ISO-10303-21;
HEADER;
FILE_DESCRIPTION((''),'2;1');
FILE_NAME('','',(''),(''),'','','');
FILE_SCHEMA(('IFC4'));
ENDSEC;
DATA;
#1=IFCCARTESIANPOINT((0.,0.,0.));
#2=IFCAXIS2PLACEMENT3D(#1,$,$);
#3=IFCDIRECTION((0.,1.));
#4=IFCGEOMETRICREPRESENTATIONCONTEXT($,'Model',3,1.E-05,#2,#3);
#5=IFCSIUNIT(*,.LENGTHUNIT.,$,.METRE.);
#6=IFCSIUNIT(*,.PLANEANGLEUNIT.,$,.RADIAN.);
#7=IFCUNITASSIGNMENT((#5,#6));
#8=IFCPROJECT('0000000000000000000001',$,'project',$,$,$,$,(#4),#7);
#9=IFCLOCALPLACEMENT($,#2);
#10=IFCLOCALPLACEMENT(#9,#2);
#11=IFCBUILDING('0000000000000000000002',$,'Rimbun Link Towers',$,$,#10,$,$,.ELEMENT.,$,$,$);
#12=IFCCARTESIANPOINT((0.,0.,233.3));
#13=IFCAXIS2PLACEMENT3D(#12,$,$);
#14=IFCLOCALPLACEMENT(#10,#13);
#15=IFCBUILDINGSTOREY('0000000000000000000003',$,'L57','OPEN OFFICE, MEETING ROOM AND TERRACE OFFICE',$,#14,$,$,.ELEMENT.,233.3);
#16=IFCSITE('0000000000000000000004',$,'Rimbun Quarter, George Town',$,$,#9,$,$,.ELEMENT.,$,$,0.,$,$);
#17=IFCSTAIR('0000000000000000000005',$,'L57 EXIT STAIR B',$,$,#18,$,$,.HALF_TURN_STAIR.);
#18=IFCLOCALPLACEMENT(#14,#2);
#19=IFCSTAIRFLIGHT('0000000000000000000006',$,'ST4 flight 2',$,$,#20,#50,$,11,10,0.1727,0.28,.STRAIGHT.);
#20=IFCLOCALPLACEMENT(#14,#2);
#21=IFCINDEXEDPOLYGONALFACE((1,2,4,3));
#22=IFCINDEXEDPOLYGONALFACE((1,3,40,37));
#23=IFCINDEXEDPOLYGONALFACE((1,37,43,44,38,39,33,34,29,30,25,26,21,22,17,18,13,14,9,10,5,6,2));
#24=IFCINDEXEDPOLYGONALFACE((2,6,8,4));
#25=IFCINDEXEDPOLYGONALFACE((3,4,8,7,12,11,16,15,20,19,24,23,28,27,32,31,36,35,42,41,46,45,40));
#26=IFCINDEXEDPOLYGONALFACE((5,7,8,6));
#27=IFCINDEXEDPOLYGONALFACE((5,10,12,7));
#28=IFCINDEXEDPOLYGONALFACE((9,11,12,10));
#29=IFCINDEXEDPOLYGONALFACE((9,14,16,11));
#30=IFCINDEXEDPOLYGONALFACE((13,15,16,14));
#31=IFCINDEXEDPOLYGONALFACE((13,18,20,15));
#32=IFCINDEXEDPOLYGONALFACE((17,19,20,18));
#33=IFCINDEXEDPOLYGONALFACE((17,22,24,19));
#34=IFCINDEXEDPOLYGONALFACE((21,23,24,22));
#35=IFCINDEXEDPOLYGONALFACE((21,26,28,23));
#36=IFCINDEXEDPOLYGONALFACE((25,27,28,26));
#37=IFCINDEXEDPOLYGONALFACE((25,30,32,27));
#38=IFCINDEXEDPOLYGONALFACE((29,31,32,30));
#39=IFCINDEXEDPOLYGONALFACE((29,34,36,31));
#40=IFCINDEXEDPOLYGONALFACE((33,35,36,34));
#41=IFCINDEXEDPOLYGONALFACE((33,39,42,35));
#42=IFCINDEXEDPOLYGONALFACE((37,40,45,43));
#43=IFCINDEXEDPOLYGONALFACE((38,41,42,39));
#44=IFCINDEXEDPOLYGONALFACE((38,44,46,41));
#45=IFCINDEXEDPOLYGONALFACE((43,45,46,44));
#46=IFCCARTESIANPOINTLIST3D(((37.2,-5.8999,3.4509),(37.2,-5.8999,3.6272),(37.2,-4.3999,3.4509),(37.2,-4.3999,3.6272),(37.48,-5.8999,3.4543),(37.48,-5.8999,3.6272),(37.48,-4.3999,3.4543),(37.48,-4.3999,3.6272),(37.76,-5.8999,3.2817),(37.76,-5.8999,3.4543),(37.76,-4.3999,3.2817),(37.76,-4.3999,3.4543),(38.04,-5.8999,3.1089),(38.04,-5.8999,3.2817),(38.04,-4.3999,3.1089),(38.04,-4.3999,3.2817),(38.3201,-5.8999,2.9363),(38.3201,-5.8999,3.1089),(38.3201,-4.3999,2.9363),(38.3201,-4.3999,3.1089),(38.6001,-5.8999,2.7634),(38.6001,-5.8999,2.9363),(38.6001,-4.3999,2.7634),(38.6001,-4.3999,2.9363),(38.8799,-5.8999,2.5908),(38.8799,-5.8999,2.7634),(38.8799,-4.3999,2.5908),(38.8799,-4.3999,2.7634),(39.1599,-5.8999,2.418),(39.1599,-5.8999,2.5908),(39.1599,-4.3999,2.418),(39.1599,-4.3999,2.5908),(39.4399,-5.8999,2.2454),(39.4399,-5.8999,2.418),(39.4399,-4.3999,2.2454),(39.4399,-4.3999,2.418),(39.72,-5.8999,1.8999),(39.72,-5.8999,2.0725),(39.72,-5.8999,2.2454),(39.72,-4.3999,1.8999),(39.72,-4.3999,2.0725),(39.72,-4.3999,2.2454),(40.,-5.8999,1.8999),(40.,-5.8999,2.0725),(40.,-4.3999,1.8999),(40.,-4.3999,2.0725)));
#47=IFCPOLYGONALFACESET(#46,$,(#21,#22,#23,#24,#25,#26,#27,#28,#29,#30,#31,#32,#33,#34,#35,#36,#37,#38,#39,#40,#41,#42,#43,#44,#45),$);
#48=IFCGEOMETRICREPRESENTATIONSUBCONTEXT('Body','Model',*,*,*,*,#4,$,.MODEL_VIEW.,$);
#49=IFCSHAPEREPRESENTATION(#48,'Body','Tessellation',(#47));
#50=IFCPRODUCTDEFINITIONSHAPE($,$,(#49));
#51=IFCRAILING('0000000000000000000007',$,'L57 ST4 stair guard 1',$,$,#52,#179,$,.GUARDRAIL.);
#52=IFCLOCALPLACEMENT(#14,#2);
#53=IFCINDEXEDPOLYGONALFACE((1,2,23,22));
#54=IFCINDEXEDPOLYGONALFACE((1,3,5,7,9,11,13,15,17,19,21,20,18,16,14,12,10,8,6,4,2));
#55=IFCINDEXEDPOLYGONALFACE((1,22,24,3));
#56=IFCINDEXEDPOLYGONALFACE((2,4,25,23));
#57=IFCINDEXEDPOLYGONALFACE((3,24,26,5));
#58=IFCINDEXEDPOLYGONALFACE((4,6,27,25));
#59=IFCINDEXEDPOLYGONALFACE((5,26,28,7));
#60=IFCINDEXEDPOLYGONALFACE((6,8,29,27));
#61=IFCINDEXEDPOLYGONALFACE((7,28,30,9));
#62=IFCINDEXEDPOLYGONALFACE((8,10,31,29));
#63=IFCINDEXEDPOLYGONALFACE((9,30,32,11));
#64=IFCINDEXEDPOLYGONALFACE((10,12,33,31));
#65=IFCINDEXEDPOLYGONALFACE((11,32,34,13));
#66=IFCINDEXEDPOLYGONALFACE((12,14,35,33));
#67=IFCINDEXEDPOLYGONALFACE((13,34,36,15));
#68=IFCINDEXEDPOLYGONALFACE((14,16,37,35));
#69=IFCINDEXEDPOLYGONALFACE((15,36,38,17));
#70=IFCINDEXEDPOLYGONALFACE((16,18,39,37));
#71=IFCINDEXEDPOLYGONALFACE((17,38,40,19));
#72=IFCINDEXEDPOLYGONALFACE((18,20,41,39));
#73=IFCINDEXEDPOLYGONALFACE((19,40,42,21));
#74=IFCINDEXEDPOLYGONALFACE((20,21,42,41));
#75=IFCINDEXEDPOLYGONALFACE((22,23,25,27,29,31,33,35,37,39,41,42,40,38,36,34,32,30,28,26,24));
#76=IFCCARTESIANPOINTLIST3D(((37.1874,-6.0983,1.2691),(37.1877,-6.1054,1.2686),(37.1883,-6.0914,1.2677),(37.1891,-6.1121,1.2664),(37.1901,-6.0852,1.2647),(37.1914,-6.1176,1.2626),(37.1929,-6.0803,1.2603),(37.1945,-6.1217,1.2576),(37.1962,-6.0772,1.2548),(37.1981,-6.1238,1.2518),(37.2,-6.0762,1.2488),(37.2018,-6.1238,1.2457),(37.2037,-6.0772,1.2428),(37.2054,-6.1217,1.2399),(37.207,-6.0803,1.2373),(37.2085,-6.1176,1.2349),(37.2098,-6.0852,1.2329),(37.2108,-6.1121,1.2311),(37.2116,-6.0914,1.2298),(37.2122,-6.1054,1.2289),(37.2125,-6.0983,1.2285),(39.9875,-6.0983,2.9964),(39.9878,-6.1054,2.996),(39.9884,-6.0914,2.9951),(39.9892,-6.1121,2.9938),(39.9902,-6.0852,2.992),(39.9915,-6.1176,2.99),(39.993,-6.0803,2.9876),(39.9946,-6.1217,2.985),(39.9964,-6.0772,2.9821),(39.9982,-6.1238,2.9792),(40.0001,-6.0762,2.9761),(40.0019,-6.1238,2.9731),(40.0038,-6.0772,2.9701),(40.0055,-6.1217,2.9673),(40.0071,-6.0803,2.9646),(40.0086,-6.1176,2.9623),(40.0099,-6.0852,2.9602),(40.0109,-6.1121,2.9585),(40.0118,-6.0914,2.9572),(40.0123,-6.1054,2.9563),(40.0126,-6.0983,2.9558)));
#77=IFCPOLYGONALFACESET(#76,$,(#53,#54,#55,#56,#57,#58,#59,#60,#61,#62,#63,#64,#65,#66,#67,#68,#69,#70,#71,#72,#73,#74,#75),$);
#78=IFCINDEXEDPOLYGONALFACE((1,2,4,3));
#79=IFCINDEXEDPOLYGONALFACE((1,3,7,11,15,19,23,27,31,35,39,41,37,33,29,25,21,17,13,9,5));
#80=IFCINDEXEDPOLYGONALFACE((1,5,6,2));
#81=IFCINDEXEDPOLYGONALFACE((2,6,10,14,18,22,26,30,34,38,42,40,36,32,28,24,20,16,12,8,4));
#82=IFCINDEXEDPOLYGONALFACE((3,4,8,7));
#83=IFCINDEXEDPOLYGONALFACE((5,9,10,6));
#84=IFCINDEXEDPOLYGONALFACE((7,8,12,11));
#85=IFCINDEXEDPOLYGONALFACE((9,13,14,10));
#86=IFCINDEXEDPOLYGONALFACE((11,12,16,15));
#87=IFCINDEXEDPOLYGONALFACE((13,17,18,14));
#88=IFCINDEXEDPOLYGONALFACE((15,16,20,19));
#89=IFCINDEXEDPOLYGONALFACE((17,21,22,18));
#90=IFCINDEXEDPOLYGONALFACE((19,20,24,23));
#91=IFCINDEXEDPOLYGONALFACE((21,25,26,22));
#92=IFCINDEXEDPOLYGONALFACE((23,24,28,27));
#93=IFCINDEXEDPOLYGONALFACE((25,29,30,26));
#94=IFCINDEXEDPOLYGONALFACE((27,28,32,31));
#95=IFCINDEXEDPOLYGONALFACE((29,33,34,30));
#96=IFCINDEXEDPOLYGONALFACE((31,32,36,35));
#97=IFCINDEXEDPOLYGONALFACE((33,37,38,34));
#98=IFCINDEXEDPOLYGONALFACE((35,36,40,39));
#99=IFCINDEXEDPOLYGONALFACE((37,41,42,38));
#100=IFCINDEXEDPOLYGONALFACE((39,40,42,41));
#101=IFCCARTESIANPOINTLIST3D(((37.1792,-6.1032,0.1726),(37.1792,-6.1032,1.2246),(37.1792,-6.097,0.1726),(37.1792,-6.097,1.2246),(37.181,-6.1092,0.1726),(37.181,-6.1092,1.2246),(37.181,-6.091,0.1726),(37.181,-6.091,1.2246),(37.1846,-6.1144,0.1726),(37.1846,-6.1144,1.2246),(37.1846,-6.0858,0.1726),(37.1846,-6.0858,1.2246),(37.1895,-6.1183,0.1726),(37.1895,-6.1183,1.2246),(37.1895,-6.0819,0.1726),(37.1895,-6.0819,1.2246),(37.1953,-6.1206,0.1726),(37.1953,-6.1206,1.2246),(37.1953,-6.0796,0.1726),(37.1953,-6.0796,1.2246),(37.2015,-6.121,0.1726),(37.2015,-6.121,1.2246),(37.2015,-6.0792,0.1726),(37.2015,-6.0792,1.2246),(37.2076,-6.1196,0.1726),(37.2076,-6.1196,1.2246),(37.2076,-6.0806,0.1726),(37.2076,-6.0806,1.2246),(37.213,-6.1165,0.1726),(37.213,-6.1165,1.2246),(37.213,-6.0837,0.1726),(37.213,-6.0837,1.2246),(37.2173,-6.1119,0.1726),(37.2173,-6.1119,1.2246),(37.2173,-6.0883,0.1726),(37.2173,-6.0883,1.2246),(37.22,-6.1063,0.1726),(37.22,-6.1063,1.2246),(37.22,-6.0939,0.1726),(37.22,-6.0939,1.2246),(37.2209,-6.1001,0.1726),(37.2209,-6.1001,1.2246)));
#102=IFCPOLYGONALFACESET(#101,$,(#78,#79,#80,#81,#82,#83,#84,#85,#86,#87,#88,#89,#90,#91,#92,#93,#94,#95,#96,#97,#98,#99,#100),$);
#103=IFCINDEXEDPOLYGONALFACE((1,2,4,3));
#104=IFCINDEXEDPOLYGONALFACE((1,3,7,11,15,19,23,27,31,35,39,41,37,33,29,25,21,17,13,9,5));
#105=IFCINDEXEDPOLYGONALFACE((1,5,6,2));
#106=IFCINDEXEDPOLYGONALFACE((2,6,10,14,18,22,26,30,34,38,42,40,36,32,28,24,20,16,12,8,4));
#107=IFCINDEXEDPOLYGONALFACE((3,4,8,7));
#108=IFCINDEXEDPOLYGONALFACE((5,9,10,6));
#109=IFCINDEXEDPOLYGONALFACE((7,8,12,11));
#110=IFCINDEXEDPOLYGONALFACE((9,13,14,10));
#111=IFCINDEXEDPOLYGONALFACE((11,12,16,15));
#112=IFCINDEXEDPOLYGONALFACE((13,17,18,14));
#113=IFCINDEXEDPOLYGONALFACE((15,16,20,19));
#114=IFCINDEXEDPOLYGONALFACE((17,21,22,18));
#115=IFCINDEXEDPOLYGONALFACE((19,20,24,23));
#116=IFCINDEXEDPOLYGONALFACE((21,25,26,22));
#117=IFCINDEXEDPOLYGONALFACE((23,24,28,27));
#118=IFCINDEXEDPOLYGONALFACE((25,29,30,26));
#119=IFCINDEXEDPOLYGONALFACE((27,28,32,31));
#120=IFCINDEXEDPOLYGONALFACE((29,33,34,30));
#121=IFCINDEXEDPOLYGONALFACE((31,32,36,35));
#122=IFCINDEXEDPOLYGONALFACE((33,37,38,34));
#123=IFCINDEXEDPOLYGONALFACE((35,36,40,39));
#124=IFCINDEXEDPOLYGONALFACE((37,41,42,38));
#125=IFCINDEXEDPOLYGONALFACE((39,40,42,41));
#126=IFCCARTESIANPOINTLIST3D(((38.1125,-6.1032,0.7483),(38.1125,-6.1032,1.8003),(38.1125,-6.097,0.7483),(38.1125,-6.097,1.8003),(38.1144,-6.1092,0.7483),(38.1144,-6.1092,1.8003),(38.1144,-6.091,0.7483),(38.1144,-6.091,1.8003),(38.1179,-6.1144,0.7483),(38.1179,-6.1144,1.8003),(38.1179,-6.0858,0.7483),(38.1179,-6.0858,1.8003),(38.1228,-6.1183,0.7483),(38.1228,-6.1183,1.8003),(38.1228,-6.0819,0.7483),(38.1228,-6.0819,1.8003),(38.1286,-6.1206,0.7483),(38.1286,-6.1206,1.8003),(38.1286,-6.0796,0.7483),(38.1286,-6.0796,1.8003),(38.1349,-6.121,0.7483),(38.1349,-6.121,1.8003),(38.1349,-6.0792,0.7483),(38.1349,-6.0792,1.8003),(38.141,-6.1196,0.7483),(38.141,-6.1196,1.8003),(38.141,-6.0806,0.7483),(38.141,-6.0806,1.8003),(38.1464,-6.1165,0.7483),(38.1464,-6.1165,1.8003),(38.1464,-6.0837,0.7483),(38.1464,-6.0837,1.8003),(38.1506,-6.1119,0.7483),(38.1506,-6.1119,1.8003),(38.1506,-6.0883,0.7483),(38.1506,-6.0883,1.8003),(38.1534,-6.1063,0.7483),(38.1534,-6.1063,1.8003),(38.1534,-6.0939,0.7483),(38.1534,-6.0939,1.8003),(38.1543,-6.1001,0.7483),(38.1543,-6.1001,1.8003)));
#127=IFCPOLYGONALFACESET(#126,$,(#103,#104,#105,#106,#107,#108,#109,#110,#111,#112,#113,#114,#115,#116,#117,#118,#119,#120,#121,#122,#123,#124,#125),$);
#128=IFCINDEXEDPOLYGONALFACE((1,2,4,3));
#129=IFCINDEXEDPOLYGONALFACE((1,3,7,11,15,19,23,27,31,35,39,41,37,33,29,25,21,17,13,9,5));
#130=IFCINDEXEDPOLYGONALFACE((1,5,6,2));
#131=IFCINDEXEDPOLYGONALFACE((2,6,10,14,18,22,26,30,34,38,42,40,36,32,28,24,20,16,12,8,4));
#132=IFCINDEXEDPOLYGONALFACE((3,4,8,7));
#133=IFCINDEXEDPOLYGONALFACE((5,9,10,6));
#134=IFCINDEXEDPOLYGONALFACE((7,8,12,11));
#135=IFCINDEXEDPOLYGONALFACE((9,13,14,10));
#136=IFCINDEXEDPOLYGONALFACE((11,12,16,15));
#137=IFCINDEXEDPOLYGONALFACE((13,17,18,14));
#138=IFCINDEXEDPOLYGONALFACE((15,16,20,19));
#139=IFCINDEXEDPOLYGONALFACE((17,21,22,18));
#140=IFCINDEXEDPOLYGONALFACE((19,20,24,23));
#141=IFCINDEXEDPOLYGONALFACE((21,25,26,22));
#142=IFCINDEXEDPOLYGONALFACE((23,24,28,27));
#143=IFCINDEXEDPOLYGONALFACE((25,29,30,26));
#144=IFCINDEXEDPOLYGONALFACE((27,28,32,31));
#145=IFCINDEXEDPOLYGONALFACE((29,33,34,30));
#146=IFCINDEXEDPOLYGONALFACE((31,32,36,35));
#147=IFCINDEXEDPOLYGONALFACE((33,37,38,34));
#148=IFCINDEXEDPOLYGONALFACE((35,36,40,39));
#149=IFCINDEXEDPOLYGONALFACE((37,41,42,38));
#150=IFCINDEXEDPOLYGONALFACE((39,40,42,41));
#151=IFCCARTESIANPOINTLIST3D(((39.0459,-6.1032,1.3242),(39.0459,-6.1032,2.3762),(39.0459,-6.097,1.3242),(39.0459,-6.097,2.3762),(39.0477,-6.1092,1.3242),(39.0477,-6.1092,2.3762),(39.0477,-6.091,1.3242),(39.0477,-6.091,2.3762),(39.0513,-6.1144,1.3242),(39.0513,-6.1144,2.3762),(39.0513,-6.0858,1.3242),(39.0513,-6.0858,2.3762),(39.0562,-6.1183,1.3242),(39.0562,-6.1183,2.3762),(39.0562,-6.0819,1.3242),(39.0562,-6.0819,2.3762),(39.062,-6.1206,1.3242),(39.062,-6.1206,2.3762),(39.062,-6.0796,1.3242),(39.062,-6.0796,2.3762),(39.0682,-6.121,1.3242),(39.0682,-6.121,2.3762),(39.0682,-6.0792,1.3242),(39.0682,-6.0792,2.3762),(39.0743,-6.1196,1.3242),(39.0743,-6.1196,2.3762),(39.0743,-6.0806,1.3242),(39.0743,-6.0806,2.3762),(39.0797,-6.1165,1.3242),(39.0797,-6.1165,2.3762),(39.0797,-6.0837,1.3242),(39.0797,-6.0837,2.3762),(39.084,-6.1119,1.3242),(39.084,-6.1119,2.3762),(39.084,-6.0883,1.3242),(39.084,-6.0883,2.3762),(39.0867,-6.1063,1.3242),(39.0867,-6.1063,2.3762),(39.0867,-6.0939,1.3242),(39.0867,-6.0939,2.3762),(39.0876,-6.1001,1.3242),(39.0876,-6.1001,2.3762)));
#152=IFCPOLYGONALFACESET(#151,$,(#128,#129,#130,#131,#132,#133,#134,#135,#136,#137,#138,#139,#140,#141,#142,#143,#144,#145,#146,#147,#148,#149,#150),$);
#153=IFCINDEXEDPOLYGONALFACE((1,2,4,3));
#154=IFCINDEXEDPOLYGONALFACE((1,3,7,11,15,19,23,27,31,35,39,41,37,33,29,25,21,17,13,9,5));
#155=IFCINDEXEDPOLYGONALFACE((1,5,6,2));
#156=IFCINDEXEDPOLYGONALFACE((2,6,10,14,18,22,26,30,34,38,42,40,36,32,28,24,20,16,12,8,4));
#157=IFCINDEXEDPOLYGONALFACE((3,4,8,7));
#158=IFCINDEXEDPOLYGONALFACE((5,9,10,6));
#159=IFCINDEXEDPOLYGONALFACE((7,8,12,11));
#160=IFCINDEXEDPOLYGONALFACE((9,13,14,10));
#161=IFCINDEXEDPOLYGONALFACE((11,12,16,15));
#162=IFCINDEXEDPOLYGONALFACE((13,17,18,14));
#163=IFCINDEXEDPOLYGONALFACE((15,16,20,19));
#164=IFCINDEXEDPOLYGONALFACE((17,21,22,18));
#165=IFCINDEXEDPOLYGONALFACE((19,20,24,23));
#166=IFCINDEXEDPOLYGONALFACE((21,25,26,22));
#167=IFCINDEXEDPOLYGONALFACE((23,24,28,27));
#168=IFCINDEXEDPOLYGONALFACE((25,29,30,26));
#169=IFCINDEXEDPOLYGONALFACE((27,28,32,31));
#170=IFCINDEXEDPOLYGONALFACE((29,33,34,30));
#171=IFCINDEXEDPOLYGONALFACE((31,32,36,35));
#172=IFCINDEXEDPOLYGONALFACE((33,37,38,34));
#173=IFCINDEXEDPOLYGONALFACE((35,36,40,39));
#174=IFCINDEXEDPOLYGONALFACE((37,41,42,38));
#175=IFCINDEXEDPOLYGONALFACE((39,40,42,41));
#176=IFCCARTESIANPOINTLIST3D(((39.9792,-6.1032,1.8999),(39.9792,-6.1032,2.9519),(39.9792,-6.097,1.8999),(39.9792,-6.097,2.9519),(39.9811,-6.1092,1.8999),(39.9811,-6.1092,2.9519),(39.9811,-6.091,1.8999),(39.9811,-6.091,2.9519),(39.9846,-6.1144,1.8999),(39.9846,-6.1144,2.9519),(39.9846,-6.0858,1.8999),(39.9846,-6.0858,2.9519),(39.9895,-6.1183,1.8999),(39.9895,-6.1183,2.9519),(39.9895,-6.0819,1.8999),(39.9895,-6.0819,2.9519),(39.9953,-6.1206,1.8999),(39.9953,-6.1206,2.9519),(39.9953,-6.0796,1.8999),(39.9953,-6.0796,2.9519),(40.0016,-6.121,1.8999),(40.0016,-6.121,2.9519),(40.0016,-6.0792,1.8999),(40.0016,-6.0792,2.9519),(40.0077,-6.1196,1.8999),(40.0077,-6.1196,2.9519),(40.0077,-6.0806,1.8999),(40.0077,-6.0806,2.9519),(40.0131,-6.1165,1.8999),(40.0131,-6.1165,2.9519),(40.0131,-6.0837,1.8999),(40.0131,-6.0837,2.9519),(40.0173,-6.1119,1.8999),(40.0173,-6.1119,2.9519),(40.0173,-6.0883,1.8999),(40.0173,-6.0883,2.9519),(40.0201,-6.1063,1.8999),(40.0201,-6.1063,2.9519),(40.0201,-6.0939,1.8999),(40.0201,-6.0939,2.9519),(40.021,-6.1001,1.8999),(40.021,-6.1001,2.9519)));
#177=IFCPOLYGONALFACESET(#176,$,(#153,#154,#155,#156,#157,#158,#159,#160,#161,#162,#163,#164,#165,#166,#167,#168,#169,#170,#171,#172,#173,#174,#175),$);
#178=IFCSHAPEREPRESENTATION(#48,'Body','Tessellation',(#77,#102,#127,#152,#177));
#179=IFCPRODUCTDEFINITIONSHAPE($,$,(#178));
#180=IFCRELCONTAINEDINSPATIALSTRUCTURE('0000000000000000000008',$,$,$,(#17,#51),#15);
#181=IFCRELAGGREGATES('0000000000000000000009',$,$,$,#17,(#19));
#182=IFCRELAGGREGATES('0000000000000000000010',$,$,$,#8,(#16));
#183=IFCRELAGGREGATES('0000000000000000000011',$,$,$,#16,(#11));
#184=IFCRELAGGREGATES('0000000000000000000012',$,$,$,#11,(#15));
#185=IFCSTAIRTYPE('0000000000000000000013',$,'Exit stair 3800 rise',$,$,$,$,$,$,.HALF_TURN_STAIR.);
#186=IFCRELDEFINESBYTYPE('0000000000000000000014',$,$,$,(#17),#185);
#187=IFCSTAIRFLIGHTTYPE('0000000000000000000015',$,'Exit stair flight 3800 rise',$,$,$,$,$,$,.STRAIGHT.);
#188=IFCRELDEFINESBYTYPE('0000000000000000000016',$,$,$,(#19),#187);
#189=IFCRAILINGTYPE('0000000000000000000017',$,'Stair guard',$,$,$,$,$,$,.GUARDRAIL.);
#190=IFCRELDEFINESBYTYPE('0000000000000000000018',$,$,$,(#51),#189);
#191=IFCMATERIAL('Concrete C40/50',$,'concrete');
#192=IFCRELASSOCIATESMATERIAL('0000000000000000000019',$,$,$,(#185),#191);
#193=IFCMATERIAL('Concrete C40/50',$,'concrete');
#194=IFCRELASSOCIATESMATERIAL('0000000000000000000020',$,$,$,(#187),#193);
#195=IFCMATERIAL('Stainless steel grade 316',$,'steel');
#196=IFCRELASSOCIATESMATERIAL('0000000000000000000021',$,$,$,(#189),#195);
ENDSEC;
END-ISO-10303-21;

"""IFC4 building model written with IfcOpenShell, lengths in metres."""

from ifc_helpers import new_model, si_unit, direction, frame, origin, origin_2d, place, context, subcontext, project, spatial, polyline, circle, outline, extrude, material, type_object, element, aggregate, save


model = new_model("IFC4")

# Units and contexts
model_context = context("Model", 3, precision=1e-05, world=origin(), true_north=direction((0.0, 1.0)))
body_context = subcontext(model_context, "Body", "Model", "MODEL_VIEW")
ifc_project = project(units=[si_unit("LENGTHUNIT", "METRE"), si_unit("PLANEANGLEUNIT", "RADIAN")], contexts=[model_context])

# Site, building, storey
site_placement = place(None, origin())
site = spatial("IfcSite", under=ifc_project, at=site_placement, Name="Rimbun Quarter, George Town", CompositionType="ELEMENT", RefElevation=0.0)
building_placement = place(site_placement, origin())
building = spatial("IfcBuilding", under=site, at=building_placement, Name="Rimbun Link Towers", CompositionType="ELEMENT")
storey_placement = place(building_placement, frame((0.0, 0.0, 233.3)))
storey = spatial("IfcBuildingStorey", under=building, at=storey_placement, Name="L57", Description="OPEN OFFICE, MEETING ROOM AND TERRACE OFFICE", CompositionType="ELEMENT", Elevation=233.3)

# Stair, stair flight
ifc_material_1 = material(Name="Concrete C40/50", Category="concrete")
stair_type = type_object("IfcStairType", Name="Exit stair 3800 rise", PredefinedType="HALF_TURN_STAIR", material=ifc_material_1)
stair_placement = place(storey_placement, origin())
stair = element("IfcStair", 1, at=stair_placement, inside=storey, type_object=stair_type, Name="L57 EXIT STAIR B", PredefinedType="HALF_TURN_STAIR")
ifc_material_2 = material(Name="Concrete C40/50", Category="concrete")
stair_flight_type = type_object("IfcStairFlightType", Name="Exit stair flight 3800 rise", PredefinedType="STRAIGHT", material=ifc_material_2)
stair_flight_1_placement = place(storey_placement, frame((40.0, -5.1499, 1.8999), z_axis=(0.0, 0.0, 1.0), x_axis=(-1.0, 0.0, 0.0)))
stair_flight_1 = element("IfcStairFlight", 2, at=stair_flight_1_placement, type_object=stair_flight_type, Name="ST4 flight 2", NumberOfRisers=11, NumberOfTreads=10, PredefinedType="STRAIGHT", RiserHeight=0.1727, TreadLength=0.28, context=body_context, shape_type="SweptSolid", body=[
    extrude(outline(polyline([(0.0, 0.0), (0.0, 0.1726), (0.28, 0.1726), (0.28, 0.3455), (0.5601, 0.3455), (0.5601, 0.5181), (0.8401, 0.5181), (0.8401, 0.6909), (1.1201, 0.6909), (1.1201, 0.8635), (1.3999, 0.8635), (1.3999, 1.0364), (1.6799, 1.0364), (1.6799, 1.209), (1.96, 1.209), (1.96, 1.3818), (2.24, 1.3818), (2.24, 1.5544), (2.52, 1.5544), (2.52, 1.7273), (2.8, 1.7273), (2.8, 1.8999), (2.8, 1.551), (0.28, 0.0), (0.0, 0.0)])), frame((0.0, 0.75, 0.0), z_axis=(0.0, -1.0, 0.0), x_axis=(1.0, 0.0, 0.0)), (0.0, 0.0, 1.0), 1.5),
])
aggregate(stair, [stair_flight_1])

# Railing
ifc_material_3 = material(Name="Stainless steel grade 316", Category="steel")
railing_type_1 = type_object("IfcRailingType", Name="Stair guard", PredefinedType="GUARDRAIL", material=ifc_material_3)
railing_1_placement = place(storey_placement, frame((37.2, -6.1001, 0.1726)))
element("IfcRailing", 3, at=railing_1_placement, inside=storey, type_object=railing_type_1, Name="L57 ST4 stair guard 1", PredefinedType="GUARDRAIL", context=body_context, shape_type="SweptSolid", body=[
    extrude(circle(Radius=0.0239, at=origin_2d()), frame((0.0, 0.0, 1.0762), z_axis=(0.85109, 0.0, 0.52502), x_axis=(0.0, 1.0, 0.0)), (0.0, 0.0, 1.0), 3.29),
    extrude(circle(Radius=0.021, at=origin_2d()), origin(), (0.0, 0.0, 1.0), 1.052),
    extrude(circle(Radius=0.021, at=origin_2d()), frame((0.9333, 0.0, 0.5757)), (0.0, 0.0, 1.0), 1.052),
    extrude(circle(Radius=0.021, at=origin_2d()), frame((1.8667, 0.0, 1.1516)), (0.0, 0.0, 1.0), 1.052),
    extrude(circle(Radius=0.021, at=origin_2d()), frame((2.8, 0.0, 1.7273)), (0.0, 0.0, 1.0), 1.052),
])

save(model, "model.ifc")
